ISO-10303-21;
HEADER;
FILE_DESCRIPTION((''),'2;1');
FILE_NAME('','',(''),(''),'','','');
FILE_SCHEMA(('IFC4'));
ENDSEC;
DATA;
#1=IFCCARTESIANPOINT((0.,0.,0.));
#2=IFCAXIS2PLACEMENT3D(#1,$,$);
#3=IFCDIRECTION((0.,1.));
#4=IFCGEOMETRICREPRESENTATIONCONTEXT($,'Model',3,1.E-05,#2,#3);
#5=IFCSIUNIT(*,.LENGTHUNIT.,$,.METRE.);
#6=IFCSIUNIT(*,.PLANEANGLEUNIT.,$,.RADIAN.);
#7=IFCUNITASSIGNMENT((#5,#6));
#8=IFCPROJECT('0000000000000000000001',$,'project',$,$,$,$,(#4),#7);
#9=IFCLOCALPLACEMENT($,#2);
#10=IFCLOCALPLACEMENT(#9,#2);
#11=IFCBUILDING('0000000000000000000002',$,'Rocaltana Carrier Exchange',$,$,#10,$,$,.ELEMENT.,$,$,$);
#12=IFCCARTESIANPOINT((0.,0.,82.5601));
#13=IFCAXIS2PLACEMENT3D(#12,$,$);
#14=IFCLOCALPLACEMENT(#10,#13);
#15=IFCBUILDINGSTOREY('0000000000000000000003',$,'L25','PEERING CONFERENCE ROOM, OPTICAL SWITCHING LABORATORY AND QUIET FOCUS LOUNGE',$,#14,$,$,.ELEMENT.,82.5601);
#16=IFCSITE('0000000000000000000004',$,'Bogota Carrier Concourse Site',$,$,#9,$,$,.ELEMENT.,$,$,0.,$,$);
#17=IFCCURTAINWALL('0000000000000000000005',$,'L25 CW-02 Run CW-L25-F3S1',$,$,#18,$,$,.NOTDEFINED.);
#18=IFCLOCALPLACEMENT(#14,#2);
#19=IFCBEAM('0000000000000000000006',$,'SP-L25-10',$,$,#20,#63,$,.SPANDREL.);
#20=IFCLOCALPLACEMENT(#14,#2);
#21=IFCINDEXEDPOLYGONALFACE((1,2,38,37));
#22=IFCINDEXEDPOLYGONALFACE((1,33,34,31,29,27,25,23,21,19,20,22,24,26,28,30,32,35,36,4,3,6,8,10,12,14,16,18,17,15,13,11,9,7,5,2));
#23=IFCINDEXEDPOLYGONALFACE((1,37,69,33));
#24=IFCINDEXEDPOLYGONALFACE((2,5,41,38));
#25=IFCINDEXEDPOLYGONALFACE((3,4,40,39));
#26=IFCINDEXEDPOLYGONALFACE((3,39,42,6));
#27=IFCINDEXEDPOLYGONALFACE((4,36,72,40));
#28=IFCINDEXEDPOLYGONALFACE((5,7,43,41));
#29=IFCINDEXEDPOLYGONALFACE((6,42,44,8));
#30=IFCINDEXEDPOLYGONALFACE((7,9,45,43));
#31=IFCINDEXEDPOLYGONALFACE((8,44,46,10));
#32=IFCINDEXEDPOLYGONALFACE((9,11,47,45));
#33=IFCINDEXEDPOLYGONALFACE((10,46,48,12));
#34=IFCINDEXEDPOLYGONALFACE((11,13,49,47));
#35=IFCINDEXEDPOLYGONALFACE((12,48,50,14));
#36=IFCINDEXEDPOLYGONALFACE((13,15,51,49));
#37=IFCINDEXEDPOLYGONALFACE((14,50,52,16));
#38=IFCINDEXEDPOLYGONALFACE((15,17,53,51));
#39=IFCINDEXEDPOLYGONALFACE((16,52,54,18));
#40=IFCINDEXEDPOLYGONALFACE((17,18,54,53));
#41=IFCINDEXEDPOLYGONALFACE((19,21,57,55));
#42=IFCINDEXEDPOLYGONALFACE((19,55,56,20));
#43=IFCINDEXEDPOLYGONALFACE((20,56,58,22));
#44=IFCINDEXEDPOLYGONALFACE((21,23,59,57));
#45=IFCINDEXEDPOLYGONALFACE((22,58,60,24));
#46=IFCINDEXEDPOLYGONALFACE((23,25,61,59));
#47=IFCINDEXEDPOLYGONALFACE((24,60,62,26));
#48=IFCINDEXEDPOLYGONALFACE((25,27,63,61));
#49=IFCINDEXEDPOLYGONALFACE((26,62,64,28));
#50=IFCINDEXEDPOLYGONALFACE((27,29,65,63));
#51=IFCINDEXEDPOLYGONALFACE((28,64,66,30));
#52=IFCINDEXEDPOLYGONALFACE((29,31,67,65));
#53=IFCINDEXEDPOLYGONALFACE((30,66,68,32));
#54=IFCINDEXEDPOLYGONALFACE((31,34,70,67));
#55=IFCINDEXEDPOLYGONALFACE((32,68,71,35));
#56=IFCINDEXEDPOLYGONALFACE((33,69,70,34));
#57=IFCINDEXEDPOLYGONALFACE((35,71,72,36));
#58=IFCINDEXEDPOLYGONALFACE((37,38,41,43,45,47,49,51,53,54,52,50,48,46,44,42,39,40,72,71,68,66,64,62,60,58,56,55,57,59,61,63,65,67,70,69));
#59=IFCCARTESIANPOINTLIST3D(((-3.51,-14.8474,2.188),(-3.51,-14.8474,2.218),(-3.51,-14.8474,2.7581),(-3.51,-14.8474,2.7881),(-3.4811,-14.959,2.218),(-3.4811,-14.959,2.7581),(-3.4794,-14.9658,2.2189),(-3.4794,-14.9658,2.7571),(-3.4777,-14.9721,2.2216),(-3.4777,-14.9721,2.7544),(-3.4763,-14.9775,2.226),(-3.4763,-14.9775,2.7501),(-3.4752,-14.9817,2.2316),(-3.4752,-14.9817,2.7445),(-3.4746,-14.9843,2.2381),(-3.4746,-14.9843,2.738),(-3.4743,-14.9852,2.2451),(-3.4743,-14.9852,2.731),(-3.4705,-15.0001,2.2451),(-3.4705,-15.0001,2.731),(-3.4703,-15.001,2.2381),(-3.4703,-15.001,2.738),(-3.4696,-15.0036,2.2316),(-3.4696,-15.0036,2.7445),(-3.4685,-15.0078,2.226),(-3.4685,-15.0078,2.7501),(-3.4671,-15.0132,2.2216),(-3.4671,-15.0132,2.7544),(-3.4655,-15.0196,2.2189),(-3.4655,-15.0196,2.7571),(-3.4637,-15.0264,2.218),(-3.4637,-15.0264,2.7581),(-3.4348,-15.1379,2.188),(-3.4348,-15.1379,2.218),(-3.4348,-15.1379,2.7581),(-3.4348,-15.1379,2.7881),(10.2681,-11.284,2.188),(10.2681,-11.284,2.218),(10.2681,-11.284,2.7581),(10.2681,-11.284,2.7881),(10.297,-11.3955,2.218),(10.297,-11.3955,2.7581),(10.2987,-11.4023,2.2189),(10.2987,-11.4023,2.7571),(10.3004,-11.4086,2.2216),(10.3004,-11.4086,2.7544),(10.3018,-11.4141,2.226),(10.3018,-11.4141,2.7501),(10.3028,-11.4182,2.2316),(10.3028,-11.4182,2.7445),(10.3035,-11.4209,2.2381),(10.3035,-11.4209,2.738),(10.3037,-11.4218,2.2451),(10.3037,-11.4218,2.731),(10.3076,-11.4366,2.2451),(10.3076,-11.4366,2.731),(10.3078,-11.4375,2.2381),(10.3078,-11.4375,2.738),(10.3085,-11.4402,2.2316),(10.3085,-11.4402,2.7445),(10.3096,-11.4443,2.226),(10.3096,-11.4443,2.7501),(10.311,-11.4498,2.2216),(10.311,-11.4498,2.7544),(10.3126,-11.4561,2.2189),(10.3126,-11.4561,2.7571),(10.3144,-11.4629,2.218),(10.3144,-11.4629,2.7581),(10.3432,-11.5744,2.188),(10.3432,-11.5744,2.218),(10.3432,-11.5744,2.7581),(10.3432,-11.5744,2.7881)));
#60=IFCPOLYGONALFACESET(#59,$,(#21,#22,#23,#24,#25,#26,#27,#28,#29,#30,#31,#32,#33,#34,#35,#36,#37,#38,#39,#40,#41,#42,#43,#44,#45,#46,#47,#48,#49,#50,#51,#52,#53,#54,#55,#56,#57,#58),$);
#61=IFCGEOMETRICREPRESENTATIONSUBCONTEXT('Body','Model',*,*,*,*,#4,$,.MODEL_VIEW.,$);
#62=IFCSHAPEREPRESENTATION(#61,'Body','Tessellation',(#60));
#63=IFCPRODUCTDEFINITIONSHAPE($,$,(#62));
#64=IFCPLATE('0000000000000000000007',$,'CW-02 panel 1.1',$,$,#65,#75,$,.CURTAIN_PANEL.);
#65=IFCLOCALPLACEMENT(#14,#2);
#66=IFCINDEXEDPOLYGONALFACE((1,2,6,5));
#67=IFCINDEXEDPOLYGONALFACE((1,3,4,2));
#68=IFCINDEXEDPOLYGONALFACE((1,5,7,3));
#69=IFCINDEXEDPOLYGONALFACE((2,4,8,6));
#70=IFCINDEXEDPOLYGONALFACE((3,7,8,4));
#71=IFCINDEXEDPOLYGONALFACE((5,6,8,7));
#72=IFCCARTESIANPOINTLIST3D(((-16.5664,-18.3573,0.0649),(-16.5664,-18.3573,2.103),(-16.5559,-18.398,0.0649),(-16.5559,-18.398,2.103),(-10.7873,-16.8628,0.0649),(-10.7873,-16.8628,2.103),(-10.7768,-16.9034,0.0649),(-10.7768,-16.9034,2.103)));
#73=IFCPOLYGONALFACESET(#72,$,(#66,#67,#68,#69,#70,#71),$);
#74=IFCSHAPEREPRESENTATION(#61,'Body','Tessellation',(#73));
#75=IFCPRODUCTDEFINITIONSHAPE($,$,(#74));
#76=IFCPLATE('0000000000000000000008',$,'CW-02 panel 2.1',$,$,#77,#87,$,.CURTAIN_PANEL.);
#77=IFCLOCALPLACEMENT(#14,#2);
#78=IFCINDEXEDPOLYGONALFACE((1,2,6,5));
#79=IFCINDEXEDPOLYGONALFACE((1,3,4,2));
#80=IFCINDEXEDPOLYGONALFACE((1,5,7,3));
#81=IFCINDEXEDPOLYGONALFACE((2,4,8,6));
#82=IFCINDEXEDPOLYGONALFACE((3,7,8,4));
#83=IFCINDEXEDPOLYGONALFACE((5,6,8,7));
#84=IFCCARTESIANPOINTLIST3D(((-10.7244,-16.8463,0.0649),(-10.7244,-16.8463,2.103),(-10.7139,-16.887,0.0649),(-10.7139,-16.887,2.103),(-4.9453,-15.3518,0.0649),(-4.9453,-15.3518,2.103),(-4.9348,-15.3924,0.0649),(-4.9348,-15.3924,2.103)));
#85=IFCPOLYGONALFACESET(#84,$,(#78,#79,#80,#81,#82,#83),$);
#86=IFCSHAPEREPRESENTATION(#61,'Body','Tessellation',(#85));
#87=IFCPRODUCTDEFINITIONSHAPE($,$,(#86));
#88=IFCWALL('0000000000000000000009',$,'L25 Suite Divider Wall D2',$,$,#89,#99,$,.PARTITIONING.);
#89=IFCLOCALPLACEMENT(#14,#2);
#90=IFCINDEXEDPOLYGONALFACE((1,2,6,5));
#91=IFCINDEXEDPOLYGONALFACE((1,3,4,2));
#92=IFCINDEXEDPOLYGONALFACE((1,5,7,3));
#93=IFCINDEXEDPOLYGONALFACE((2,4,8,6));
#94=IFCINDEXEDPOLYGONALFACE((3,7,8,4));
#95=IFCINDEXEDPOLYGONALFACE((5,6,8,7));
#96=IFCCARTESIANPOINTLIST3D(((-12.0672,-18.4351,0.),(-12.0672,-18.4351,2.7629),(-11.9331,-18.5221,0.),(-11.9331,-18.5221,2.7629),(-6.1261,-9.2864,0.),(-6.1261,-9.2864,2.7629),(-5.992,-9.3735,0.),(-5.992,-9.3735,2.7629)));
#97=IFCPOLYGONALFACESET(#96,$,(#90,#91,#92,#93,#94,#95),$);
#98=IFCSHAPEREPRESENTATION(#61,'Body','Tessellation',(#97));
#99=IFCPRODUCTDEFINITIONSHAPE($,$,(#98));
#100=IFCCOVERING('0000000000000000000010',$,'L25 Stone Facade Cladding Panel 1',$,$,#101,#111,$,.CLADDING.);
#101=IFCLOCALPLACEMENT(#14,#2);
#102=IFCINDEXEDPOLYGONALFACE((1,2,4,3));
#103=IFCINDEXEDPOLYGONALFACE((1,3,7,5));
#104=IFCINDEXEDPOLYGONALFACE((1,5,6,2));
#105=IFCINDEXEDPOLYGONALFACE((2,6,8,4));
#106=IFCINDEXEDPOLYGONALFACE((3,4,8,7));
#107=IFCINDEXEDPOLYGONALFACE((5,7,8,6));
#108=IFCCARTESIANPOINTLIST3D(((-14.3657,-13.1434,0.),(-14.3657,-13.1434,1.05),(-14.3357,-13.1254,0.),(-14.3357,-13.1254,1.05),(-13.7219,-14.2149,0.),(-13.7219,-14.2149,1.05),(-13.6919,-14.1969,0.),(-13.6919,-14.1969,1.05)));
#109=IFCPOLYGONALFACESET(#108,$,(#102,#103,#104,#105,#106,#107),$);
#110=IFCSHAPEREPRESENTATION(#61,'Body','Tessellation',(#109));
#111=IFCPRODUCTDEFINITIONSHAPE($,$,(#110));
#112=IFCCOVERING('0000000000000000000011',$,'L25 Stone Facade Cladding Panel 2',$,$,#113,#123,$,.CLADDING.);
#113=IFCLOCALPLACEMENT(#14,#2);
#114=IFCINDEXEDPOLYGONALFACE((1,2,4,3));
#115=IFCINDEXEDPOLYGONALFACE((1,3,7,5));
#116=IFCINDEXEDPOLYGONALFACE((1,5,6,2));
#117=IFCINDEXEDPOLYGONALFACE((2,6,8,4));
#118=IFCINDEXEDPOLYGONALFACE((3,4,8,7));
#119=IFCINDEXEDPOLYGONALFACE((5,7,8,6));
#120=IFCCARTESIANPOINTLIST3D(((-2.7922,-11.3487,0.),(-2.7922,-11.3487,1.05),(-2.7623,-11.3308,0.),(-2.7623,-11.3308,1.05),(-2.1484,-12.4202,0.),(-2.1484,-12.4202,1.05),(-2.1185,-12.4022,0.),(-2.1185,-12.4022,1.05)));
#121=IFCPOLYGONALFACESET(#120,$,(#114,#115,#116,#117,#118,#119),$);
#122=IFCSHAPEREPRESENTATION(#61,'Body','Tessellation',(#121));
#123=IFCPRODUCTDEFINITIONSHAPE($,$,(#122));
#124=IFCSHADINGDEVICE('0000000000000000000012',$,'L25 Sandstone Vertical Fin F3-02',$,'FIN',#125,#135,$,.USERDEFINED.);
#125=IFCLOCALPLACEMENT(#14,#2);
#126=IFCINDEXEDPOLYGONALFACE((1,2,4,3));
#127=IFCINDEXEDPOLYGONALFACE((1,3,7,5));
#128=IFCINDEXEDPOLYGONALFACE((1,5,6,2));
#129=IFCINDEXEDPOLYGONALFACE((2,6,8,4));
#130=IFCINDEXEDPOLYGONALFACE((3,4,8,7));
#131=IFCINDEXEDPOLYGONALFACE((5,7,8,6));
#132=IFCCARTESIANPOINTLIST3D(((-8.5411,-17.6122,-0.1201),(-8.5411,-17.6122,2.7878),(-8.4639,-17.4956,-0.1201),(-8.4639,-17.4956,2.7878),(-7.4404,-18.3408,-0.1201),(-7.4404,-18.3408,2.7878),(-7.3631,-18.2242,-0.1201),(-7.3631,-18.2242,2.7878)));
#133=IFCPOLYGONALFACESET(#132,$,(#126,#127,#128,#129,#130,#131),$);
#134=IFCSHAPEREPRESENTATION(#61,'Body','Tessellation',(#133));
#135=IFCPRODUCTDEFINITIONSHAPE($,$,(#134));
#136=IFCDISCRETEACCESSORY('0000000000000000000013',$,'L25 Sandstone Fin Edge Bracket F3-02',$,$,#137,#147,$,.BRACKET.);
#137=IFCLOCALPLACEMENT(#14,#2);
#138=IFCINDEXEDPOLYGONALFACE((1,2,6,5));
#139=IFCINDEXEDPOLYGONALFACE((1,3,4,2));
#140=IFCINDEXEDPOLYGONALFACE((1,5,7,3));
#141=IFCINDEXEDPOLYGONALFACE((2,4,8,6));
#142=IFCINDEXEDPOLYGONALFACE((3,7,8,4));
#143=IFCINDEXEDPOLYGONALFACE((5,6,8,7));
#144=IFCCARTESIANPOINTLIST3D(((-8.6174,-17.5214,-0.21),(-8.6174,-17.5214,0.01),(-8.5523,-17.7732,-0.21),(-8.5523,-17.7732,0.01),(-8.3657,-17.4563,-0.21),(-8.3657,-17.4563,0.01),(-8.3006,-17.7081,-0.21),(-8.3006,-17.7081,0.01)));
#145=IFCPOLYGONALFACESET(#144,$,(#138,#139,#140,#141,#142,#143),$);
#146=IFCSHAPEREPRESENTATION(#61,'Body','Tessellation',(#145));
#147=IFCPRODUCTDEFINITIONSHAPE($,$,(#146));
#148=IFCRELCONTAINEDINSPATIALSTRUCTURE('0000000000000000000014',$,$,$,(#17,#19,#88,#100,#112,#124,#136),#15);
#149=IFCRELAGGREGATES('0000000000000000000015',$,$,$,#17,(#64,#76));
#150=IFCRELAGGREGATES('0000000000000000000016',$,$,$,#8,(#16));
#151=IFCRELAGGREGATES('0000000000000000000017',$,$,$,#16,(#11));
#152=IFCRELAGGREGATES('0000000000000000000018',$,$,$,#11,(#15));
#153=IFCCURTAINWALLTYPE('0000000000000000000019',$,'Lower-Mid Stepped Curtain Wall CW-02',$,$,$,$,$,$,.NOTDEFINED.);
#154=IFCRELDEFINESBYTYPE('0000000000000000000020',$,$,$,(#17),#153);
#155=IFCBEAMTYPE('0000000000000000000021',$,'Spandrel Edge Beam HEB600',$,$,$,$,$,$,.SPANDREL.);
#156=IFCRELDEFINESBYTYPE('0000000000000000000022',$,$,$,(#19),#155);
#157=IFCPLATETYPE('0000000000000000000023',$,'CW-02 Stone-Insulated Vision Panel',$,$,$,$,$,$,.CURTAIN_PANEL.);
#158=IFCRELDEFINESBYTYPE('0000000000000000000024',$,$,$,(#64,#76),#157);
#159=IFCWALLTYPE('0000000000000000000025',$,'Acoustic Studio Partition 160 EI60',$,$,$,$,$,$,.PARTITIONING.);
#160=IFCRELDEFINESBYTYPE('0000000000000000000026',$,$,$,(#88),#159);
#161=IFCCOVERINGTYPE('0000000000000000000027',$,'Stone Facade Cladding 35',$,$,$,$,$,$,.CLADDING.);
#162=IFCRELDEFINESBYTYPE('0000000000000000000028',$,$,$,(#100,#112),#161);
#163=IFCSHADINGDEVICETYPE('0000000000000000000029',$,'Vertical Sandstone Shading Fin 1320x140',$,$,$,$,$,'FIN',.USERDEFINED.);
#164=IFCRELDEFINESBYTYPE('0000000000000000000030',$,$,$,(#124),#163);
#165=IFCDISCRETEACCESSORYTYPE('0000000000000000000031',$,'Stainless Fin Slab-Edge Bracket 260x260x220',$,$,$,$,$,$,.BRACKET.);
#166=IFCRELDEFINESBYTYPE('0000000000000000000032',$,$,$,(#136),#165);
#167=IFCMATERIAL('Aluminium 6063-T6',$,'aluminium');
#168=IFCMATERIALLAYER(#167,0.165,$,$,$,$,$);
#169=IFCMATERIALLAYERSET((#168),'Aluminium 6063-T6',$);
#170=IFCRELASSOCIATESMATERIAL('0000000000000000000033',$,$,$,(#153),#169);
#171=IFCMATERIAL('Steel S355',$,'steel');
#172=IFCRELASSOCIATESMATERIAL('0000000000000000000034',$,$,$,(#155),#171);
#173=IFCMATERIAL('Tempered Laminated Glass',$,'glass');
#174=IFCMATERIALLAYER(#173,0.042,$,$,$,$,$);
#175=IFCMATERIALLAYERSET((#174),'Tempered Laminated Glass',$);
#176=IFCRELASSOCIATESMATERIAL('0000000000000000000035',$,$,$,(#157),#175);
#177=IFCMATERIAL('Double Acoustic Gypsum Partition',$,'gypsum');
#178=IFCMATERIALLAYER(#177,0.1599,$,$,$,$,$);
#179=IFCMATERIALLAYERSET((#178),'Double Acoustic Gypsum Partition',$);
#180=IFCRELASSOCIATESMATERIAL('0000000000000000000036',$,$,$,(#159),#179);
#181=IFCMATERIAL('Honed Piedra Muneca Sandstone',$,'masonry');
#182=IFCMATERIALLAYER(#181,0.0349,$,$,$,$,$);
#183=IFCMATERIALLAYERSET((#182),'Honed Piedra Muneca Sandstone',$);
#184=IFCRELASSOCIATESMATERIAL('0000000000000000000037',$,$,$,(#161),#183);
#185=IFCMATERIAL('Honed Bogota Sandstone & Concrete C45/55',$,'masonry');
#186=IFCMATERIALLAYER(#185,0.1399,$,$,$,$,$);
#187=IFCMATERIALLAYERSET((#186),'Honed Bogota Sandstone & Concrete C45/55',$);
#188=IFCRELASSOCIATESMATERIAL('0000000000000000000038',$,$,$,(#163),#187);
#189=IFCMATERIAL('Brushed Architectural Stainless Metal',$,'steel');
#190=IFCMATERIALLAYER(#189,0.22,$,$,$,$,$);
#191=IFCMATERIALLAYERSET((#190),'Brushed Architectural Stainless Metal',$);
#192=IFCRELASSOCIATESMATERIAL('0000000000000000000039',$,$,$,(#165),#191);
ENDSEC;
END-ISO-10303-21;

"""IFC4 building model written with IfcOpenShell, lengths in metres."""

from ifc_helpers import new_model, si_unit, direction, frame, frame_2d, origin, origin_2d, place, context, subcontext, project, spatial, rectangle, i_section, extrude, material, layer, layer_set, material_profile, profile_set, type_object, element, aggregate, save


model = new_model("IFC4")

# Units and contexts
model_context = context("Model", 3, precision=1e-05, world=origin(), true_north=direction((0.0, 1.0)))
body_context = subcontext(model_context, "Body", "Model", "MODEL_VIEW")
ifc_project = project(units=[si_unit("LENGTHUNIT", "METRE"), si_unit("PLANEANGLEUNIT", "RADIAN")], contexts=[model_context])

# Site, building, storey
site_placement = place(None, origin())
site = spatial("IfcSite", under=ifc_project, at=site_placement, Name="Bogota Carrier Concourse Site", CompositionType="ELEMENT", RefElevation=0.0)
building_placement = place(site_placement, origin())
building = spatial("IfcBuilding", under=site, at=building_placement, Name="Rocaltana Carrier Exchange", CompositionType="ELEMENT")
storey_placement = place(building_placement, frame((0.0, 0.0, 82.5601)))
storey = spatial("IfcBuildingStorey", under=building, at=storey_placement, Name="L25", Description="PEERING CONFERENCE ROOM, OPTICAL SWITCHING LABORATORY AND QUIET FOCUS LOUNGE", CompositionType="ELEMENT", Elevation=82.5601)

# Curtain wall
ifc_material_1 = material(Name="Aluminium 6063-T6", Category="aluminium")
ifc_layer_1 = layer(ifc_material_1, 0.165)
ifc_layer_set_1 = layer_set([ifc_layer_1], Name="Aluminium 6063-T6")
curtain_wall_type = type_object("IfcCurtainWallType", Name="Lower-Mid Stepped Curtain Wall CW-02", PredefinedType="NOTDEFINED", material=ifc_layer_set_1)
curtain_wall_1_placement = place(storey_placement, origin())
curtain_wall_1 = element("IfcCurtainWall", 1, at=curtain_wall_1_placement, inside=storey, type_object=curtain_wall_type, Name="L25 CW-02 Run CW-L25-F3S1", PredefinedType="NOTDEFINED")

# Beam
ifc_material_2 = material(Name="Steel S355", Category="steel")
ifc_material_profile_1 = material_profile(ifc_material_2, i_section(OverallWidth=0.3, OverallDepth=0.6001, WebThickness=0.0154, FlangeThickness=0.03, FilletRadius=0.0271, at=origin_2d()), Name="HEB600")
ifc_profile_set_1 = profile_set([ifc_material_profile_1], Name="Steel S355")
beam_type_1 = type_object("IfcBeamType", Name="Spandrel Edge Beam HEB600", PredefinedType="SPANDREL", material=ifc_profile_set_1)
beam_1_placement = place(storey_placement, frame((-3.4724, -14.9927, 2.488), z_axis=(0.968144, 0.250395, 0.0), x_axis=(-0.250395, 0.968144, 0.0)))
element("IfcBeam", 2, at=beam_1_placement, inside=storey, type_object=beam_type_1, Name="SP-L25-10", PredefinedType="SPANDREL", context=body_context, shape_type="SweptSolid", body=[
    extrude(i_section(OverallWidth=0.3, OverallDepth=0.6001, WebThickness=0.0154, FlangeThickness=0.03, FilletRadius=0.0271, at=origin_2d()), origin(), (0.0, 0.0, 1.0), 14.2314),
])

# Plates
ifc_material_3 = material(Name="Tempered Laminated Glass", Category="glass")
ifc_layer_2 = layer(ifc_material_3, 0.042)
ifc_layer_set_2 = layer_set([ifc_layer_2], Name="Tempered Laminated Glass")
plate_type = type_object("IfcPlateType", Name="CW-02 Stone-Insulated Vision Panel", PredefinedType="CURTAIN_PANEL", material=ifc_layer_set_2)
plate_1_placement = place(storey_placement, frame((-13.6716, -17.6304, 0.0649), z_axis=(0.0, 0.0, 1.0), x_axis=(0.968148, 0.250378, 0.0)))
plate_1 = element("IfcPlate", 3, at=plate_1_placement, type_object=plate_type, Name="CW-02 panel 1.1", PredefinedType="CURTAIN_PANEL", context=body_context, shape_type="SweptSolid", body=[
    extrude(rectangle(XDim=5.9692, YDim=0.042, at=origin_2d()), origin(), (0.0, 0.0, 1.0), 2.0381),
])
plate_2_placement = place(storey_placement, frame((-7.8296, -16.1194, 0.0649), z_axis=(0.0, 0.0, 1.0), x_axis=(0.968148, 0.250378, 0.0)))
plate_2 = element("IfcPlate", 4, at=plate_2_placement, type_object=plate_type, Name="CW-02 panel 2.1", PredefinedType="CURTAIN_PANEL", context=body_context, shape_type="SweptSolid", body=[
    extrude(rectangle(XDim=5.9692, YDim=0.042, at=origin_2d()), origin(), (0.0, 0.0, 1.0), 2.0381),
])
aggregate(curtain_wall_1, [plate_1, plate_2])

# Wall
ifc_material_4 = material(Name="Double Acoustic Gypsum Partition", Category="gypsum")
ifc_layer_3 = layer(ifc_material_4, 0.1599)
ifc_layer_set_3 = layer_set([ifc_layer_3], Name="Double Acoustic Gypsum Partition")
wall_type = type_object("IfcWallType", Name="Acoustic Studio Partition 160 EI60", PredefinedType="PARTITIONING", material=ifc_layer_set_3)
wall_placement = place(storey_placement, frame((-6.0591, -9.3301, 0.0), z_axis=(0.0, 0.0, 1.0), x_axis=(-0.544635, -0.838673, 0.0)))
element("IfcWall", 5, at=wall_placement, inside=storey, type_object=wall_type, Name="L25 Suite Divider Wall D2", PredefinedType="PARTITIONING", context=body_context, shape_type="SweptSolid", body=[
    extrude(rectangle(XDim=10.9084, YDim=0.1599, at=frame_2d((5.4541, 0.0))), origin(), (0.0, 0.0, 1.0), 2.7629),
])

# Coverings
ifc_material_5 = material(Name="Honed Piedra Muneca Sandstone", Category="masonry")
ifc_layer_4 = layer(ifc_material_5, 0.0349)
ifc_layer_set_4 = layer_set([ifc_layer_4], Name="Honed Piedra Muneca Sandstone")
covering_type = type_object("IfcCoveringType", Name="Stone Facade Cladding 35", PredefinedType="CLADDING", material=ifc_layer_set_4)
for number, where, z_axis, x_axis, name in (
    (6, (-14.0288, -13.6702, 0.0), (0.0, 0.0, 1.0), (-0.515038, 0.857167, 0.0), "L25 Stone Facade Cladding Panel 1"),
    (7, (-2.4553, -11.8755, 0.0), (0.0, 0.0, 1.0), (-0.515038, 0.857167, 0.0), "L25 Stone Facade Cladding Panel 2"),
):
    element("IfcCovering", number, at=place(storey_placement, frame(where, z_axis=z_axis, x_axis=x_axis)), inside=storey, type_object=covering_type, Name=name, PredefinedType="CLADDING", context=body_context, shape_type="SweptSolid", body=[
        extrude(rectangle(XDim=1.25, YDim=0.0349, at=origin_2d()), origin(), (0.0, 0.0, 1.0), 1.05),
    ])

# Shading device
ifc_material_6 = material(Name="Honed Bogota Sandstone & Concrete C45/55", Category="masonry")
ifc_layer_5 = layer(ifc_material_6, 0.1399)
ifc_layer_set_5 = layer_set([ifc_layer_5], Name="Honed Bogota Sandstone & Concrete C45/55")
shading_device_type = type_object("IfcShadingDeviceType", Name="Vertical Sandstone Shading Fin 1320x140", ElementType="FIN", PredefinedType="USERDEFINED", material=ifc_layer_set_5)
shading_device_placement = place(storey_placement, frame((-7.9521, -17.9182, -0.1201), z_axis=(0.0, 0.0, 1.0), x_axis=(0.833886, -0.551937, 0.0)))
element("IfcShadingDevice", 8, at=shading_device_placement, inside=storey, type_object=shading_device_type, Name="L25 Sandstone Vertical Fin F3-02", ObjectType="FIN", PredefinedType="USERDEFINED", context=body_context, shape_type="SweptSolid", body=[
    extrude(rectangle(XDim=1.3201, YDim=0.1399, at=origin_2d()), origin(), (0.0, 0.0, 1.0), 2.908),
])

# Discrete accessory
ifc_material_7 = material(Name="Brushed Architectural Stainless Metal", Category="steel")
ifc_layer_6 = layer(ifc_material_7, 0.22)
ifc_layer_set_6 = layer_set([ifc_layer_6], Name="Brushed Architectural Stainless Metal")
discrete_accessory_type = type_object("IfcDiscreteAccessoryType", Name="Stainless Fin Slab-Edge Bracket 260x260x220", PredefinedType="BRACKET", material=ifc_layer_set_6)
discrete_accessory_placement = place(storey_placement, frame((-8.459, -17.6147, -0.21), z_axis=(0.0, 0.0, 1.0), x_axis=(0.968148, 0.25038, 0.0)))
element("IfcDiscreteAccessory", 9, at=discrete_accessory_placement, inside=storey, type_object=discrete_accessory_type, Name="L25 Sandstone Fin Edge Bracket F3-02", PredefinedType="BRACKET", context=body_context, shape_type="SweptSolid", body=[
    extrude(rectangle(XDim=0.26, YDim=0.26, at=origin_2d()), origin(), (0.0, 0.0, 1.0), 0.22),
])

save(model, "model.ifc")
